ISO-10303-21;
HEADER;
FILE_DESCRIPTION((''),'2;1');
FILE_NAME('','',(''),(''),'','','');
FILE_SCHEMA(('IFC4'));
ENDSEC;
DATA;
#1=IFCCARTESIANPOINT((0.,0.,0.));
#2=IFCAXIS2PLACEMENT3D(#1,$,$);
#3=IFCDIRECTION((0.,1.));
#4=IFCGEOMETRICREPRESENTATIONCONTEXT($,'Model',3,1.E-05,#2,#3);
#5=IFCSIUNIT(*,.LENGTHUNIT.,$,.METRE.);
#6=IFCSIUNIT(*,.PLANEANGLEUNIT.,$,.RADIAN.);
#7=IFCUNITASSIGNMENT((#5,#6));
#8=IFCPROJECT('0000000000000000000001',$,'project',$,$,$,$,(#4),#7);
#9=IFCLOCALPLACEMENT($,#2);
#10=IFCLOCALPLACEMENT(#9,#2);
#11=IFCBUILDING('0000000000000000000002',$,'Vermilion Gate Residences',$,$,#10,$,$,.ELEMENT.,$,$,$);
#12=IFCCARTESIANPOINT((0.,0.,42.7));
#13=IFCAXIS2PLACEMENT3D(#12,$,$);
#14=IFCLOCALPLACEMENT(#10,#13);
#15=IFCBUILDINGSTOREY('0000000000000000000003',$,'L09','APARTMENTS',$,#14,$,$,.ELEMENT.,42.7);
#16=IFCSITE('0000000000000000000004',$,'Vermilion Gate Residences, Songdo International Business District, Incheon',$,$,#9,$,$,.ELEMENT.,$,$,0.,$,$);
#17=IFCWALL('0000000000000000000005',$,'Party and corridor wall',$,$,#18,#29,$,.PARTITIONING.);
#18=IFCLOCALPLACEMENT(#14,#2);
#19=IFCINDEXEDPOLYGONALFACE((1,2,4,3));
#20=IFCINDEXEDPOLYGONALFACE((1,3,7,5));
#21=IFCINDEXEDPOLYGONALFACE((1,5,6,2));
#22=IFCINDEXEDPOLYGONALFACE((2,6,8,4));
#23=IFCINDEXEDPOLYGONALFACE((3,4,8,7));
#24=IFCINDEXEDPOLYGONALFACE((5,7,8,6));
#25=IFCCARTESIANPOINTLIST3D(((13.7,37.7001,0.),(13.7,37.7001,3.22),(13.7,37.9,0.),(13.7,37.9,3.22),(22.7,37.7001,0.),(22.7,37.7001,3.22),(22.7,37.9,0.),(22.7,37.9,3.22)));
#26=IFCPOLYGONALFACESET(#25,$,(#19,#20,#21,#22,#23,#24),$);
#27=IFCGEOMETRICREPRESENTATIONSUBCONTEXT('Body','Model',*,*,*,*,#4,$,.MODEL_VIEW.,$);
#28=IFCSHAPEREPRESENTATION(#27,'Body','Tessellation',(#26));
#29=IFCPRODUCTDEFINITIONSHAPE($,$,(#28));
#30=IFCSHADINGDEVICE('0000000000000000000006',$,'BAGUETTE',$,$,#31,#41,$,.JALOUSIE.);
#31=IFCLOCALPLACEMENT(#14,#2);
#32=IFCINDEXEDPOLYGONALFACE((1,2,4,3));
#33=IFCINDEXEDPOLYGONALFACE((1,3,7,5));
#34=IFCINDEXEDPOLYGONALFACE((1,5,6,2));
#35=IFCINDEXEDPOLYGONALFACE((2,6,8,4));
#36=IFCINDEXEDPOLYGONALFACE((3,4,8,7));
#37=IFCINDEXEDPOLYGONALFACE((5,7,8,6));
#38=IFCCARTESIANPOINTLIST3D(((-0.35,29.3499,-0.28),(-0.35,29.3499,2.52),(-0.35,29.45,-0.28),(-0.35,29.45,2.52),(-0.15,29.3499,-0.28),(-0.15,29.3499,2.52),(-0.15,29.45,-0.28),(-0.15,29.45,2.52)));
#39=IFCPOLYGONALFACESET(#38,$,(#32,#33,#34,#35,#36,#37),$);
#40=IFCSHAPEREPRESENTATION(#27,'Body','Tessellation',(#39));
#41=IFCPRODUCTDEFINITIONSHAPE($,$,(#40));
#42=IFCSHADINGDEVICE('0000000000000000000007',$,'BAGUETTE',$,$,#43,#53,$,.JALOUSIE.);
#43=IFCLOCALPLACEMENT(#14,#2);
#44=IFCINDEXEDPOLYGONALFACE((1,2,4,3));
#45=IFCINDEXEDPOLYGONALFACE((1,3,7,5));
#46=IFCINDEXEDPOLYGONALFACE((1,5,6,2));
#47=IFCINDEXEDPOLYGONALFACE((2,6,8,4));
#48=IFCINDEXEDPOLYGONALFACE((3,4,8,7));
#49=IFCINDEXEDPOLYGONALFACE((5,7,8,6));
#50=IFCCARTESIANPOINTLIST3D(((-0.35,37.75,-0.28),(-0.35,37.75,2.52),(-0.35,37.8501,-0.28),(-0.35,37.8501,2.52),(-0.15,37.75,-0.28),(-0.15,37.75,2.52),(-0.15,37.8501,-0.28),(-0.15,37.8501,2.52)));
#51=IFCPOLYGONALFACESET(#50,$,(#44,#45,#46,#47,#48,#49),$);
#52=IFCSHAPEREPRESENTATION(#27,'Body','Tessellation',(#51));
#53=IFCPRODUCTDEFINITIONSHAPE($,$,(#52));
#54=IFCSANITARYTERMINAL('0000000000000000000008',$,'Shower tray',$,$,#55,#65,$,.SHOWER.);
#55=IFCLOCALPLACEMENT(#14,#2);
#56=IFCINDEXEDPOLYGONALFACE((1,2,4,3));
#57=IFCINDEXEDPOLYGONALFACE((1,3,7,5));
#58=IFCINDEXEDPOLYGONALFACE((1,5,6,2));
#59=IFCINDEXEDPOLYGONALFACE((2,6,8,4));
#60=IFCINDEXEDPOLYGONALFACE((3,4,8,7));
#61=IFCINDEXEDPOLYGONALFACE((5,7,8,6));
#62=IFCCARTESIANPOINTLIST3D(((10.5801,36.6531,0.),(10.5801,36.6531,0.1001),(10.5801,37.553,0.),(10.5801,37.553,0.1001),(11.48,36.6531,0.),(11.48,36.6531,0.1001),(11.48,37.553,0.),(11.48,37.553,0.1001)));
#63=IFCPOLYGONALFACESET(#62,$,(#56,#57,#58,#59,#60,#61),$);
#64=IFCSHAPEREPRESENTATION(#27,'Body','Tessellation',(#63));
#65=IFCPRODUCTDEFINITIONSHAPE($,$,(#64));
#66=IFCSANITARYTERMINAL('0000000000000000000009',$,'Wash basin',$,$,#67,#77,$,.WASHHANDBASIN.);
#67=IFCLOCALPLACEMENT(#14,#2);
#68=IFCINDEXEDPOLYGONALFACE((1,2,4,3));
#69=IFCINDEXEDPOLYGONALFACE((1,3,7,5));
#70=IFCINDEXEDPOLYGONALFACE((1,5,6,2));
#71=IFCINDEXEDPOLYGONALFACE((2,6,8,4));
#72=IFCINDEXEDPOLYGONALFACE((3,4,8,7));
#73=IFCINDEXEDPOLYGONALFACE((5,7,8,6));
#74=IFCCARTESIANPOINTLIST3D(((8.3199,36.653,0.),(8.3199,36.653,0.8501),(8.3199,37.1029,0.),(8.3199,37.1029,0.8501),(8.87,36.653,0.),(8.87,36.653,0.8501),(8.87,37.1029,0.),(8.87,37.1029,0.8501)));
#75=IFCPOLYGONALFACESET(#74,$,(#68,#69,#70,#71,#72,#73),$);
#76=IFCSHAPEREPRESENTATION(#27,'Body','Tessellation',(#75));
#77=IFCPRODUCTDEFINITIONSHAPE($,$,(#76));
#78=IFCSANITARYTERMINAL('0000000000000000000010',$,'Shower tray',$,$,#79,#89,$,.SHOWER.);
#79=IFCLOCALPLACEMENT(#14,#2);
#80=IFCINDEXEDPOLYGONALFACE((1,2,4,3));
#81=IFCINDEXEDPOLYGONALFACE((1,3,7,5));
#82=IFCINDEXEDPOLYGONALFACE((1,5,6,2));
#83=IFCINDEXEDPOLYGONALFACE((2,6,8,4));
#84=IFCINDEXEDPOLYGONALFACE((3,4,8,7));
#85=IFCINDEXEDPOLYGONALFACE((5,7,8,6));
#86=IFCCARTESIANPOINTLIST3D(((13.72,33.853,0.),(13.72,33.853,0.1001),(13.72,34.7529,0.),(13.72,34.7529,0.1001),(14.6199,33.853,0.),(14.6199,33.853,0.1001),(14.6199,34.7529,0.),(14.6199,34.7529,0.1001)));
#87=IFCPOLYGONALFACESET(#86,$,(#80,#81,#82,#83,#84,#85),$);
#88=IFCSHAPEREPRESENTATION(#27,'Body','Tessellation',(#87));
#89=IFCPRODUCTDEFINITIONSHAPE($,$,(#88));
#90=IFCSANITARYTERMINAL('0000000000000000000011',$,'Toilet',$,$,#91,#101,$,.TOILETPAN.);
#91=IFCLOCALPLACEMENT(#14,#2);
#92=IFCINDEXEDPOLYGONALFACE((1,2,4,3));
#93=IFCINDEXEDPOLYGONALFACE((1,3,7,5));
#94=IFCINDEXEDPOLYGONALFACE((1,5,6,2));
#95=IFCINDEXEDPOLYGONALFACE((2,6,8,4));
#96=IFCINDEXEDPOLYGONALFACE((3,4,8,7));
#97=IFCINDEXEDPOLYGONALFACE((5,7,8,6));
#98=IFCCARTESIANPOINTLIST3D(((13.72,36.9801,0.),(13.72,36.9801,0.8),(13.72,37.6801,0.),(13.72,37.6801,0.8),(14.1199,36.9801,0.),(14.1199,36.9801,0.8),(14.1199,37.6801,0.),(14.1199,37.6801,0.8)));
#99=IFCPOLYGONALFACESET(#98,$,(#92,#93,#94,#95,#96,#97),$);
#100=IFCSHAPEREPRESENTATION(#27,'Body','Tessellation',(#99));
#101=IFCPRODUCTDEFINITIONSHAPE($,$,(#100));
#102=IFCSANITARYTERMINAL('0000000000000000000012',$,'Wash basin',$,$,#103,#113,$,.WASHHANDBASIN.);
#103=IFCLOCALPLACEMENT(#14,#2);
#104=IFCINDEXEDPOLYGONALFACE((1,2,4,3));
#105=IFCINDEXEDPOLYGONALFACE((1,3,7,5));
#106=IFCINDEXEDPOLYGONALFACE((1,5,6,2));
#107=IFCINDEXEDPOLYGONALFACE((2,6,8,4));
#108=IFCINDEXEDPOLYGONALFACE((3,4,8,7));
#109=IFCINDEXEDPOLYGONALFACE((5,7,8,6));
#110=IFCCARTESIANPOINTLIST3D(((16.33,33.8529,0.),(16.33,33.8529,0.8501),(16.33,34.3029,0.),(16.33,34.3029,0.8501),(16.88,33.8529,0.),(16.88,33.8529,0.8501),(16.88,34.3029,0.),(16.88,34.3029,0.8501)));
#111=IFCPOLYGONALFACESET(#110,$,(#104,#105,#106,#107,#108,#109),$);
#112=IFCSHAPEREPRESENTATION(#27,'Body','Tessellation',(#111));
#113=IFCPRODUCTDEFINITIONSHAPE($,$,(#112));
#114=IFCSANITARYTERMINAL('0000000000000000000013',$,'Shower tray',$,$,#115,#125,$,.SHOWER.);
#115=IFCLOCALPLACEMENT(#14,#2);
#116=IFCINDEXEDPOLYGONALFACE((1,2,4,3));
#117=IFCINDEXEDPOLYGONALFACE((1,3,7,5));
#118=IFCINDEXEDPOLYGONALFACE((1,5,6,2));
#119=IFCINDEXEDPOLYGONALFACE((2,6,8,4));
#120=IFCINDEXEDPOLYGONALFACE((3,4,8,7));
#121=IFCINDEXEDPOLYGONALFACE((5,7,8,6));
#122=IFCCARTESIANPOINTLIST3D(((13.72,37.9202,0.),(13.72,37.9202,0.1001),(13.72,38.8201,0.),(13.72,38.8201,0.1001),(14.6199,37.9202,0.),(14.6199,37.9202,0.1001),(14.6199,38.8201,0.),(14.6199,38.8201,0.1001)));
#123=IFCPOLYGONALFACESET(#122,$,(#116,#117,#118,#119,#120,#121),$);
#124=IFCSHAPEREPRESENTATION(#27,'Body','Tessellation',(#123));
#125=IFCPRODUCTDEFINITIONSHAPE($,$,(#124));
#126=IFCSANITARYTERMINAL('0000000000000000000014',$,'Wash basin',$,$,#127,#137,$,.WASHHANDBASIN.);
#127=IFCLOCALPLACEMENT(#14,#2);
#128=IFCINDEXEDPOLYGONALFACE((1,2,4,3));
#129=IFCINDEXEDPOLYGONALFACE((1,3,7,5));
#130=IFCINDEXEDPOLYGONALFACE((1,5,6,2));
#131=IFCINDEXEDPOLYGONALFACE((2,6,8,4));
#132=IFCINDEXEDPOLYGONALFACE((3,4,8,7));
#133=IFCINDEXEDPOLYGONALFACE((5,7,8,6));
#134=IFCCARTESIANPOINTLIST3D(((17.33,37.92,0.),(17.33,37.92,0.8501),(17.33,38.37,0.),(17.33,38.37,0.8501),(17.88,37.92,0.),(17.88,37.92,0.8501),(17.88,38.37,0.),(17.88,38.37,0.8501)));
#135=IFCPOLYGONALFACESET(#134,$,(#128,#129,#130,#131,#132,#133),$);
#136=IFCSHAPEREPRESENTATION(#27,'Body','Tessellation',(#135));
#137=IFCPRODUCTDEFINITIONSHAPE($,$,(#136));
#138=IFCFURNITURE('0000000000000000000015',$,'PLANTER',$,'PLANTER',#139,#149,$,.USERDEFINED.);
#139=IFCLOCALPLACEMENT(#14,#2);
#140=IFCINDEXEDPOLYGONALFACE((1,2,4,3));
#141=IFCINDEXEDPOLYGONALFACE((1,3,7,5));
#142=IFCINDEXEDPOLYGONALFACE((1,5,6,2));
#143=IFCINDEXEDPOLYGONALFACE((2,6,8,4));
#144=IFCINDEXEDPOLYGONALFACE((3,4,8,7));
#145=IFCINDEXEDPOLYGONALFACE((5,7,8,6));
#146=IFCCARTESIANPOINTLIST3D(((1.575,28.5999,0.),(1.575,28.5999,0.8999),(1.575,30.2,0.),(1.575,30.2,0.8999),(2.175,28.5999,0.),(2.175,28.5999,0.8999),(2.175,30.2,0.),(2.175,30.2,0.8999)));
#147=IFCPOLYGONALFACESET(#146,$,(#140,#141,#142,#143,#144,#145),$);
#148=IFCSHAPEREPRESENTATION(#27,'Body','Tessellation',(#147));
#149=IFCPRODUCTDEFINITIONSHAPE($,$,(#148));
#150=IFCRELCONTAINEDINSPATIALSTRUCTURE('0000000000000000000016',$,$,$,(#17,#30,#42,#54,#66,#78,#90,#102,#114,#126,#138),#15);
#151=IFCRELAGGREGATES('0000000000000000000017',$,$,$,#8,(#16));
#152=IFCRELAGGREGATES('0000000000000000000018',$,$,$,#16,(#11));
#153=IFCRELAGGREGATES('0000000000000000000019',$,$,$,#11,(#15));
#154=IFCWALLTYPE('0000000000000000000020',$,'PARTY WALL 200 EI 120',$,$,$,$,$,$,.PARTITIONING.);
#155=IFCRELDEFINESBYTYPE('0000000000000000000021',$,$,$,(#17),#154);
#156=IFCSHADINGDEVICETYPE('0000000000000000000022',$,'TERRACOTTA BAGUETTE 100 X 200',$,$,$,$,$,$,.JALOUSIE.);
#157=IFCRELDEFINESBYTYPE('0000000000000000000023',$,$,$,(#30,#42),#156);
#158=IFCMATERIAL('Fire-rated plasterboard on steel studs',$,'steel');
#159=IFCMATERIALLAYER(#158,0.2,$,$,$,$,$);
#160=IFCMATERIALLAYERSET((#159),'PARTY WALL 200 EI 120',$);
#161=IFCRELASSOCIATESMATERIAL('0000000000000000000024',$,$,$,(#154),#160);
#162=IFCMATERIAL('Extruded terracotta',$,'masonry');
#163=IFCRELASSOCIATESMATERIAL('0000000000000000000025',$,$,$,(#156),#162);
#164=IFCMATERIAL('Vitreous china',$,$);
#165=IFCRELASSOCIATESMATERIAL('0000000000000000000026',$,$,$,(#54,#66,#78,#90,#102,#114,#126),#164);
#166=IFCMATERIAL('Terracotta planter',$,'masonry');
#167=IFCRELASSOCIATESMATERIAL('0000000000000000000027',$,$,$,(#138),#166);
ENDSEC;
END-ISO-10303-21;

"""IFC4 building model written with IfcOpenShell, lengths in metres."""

from ifc_helpers import new_model, si_unit, direction, frame, frame_2d, origin, origin_2d, place, context, subcontext, project, spatial, rectangle, extrude, material, layer, layer_set, material_profile, profile_set, type_object, element, save


model = new_model("IFC4")

# Units and contexts
model_context = context("Model", 3, precision=1e-05, world=origin(), true_north=direction((0.0, 1.0)))
body_context = subcontext(model_context, "Body", "Model", "MODEL_VIEW")
ifc_project = project(units=[si_unit("LENGTHUNIT", "METRE"), si_unit("PLANEANGLEUNIT", "RADIAN")], contexts=[model_context])

# Site, building, storey
site_placement = place(None, origin())
site = spatial("IfcSite", under=ifc_project, at=site_placement, Name="Vermilion Gate Residences, Songdo International Business District, Incheon", CompositionType="ELEMENT", RefElevation=0.0)
building_placement = place(site_placement, origin())
building = spatial("IfcBuilding", under=site, at=building_placement, Name="Vermilion Gate Residences", CompositionType="ELEMENT")
storey_placement = place(building_placement, frame((0.0, 0.0, 42.7)))
storey = spatial("IfcBuildingStorey", under=building, at=storey_placement, Name="L09", Description="APARTMENTS", CompositionType="ELEMENT", Elevation=42.7)

# Wall
ifc_material_1 = material(Name="Fire-rated plasterboard on steel studs", Category="steel")
ifc_layer_1 = layer(ifc_material_1, 0.2)
ifc_layer_set_1 = layer_set([ifc_layer_1], Name="PARTY WALL 200 EI 120")
wall_type_1 = type_object("IfcWallType", Name="PARTY WALL 200 EI 120", PredefinedType="PARTITIONING", material=ifc_layer_set_1)
wall_1_placement = place(storey_placement, frame((13.7, 37.8, 0.0), z_axis=(0.0, 0.0, 1.0), x_axis=(1.0, 0.0, 0.0)))
element("IfcWall", 1, at=wall_1_placement, inside=storey, type_object=wall_type_1, Name="Party and corridor wall", PredefinedType="PARTITIONING", context=body_context, shape_type="SweptSolid", body=[
    extrude(rectangle(XDim=9.0, YDim=0.2, at=frame_2d((4.5, 0.0))), origin(), (0.0, 0.0, 1.0), 3.22),
])

# Shading devices
ifc_material_2 = material(Name="Extruded terracotta", Category="masonry")
ifc_material_profile_1 = material_profile(ifc_material_2, rectangle(XDim=0.2, YDim=0.1001, at=origin_2d()), Name="BAGUETTE 100 X 200")
ifc_profile_set_1 = profile_set([ifc_material_profile_1], Name="Extruded terracotta")
shading_device_type = type_object("IfcShadingDeviceType", Name="TERRACOTTA BAGUETTE 100 X 200", PredefinedType="JALOUSIE", material=ifc_profile_set_1)
for number, where, z_axis, x_axis, name in (
    (2, (-0.25, 29.3999, -0.28), (0.0, 0.0, 1.0), (1.0, 0.0, 0.0), "BAGUETTE"),
    (3, (-0.25, 37.8, -0.28), (0.0, 0.0, 1.0), (1.0, 0.0, 0.0), "BAGUETTE"),
):
    element("IfcShadingDevice", number, at=place(storey_placement, frame(where, z_axis=z_axis, x_axis=x_axis)), inside=storey, type_object=shading_device_type, Name=name, PredefinedType="JALOUSIE", context=body_context, shape_type="SweptSolid", body=[
        extrude(rectangle(XDim=0.2, YDim=0.1001, at=origin_2d()), origin(), (0.0, 0.0, 1.0), 2.8),
    ])

# Sanitary terminals
ifc_material_3 = material(Name="Vitreous china")
sanitary_terminal_1_placement = place(storey_placement, frame((11.03, 37.103, 0.0), z_axis=(0.0, 0.0, 1.0), x_axis=(1.0, 0.0, 0.0)))
element("IfcSanitaryTerminal", 4, at=sanitary_terminal_1_placement, inside=storey, material=ifc_material_3, Name="Shower tray", PredefinedType="SHOWER", context=body_context, shape_type="SweptSolid", body=[
    extrude(rectangle(XDim=0.8999, YDim=0.8999, at=origin_2d()), origin(), (0.0, 0.0, 1.0), 0.1001),
])
sanitary_terminal_2_placement = place(storey_placement, frame((8.595, 36.8779, 0.0), z_axis=(0.0, 0.0, 1.0), x_axis=(1.0, 0.0, 0.0)))
element("IfcSanitaryTerminal", 5, at=sanitary_terminal_2_placement, inside=storey, material=ifc_material_3, Name="Wash basin", PredefinedType="WASHHANDBASIN", context=body_context, shape_type="SweptSolid", body=[
    extrude(rectangle(XDim=0.55, YDim=0.45, at=origin_2d()), origin(), (0.0, 0.0, 1.0), 0.8501),
])
sanitary_terminal_3_placement = place(storey_placement, frame((14.1699, 34.303, 0.0), z_axis=(0.0, 0.0, 1.0), x_axis=(1.0, 0.0, 0.0)))
element("IfcSanitaryTerminal", 6, at=sanitary_terminal_3_placement, inside=storey, material=ifc_material_3, Name="Shower tray", PredefinedType="SHOWER", context=body_context, shape_type="SweptSolid", body=[
    extrude(rectangle(XDim=0.8999, YDim=0.8999, at=origin_2d()), origin(), (0.0, 0.0, 1.0), 0.1001),
])
sanitary_terminal_4_placement = place(storey_placement, frame((13.9199, 37.3301, 0.0), z_axis=(0.0, 0.0, 1.0), x_axis=(1.0, 0.0, 0.0)))
element("IfcSanitaryTerminal", 7, at=sanitary_terminal_4_placement, inside=storey, material=ifc_material_3, Name="Toilet", PredefinedType="TOILETPAN", context=body_context, shape_type="SweptSolid", body=[
    extrude(rectangle(XDim=0.3999, YDim=0.7, at=origin_2d()), origin(), (0.0, 0.0, 1.0), 0.8),
])
sanitary_terminal_5_placement = place(storey_placement, frame((16.605, 34.0779, 0.0), z_axis=(0.0, 0.0, 1.0), x_axis=(1.0, 0.0, 0.0)))
element("IfcSanitaryTerminal", 8, at=sanitary_terminal_5_placement, inside=storey, material=ifc_material_3, Name="Wash basin", PredefinedType="WASHHANDBASIN", context=body_context, shape_type="SweptSolid", body=[
    extrude(rectangle(XDim=0.55, YDim=0.45, at=origin_2d()), origin(), (0.0, 0.0, 1.0), 0.8501),
])
sanitary_terminal_6_placement = place(storey_placement, frame((14.1699, 38.3701, 0.0), z_axis=(0.0, 0.0, 1.0), x_axis=(1.0, 0.0, 0.0)))
element("IfcSanitaryTerminal", 9, at=sanitary_terminal_6_placement, inside=storey, material=ifc_material_3, Name="Shower tray", PredefinedType="SHOWER", context=body_context, shape_type="SweptSolid", body=[
    extrude(rectangle(XDim=0.8999, YDim=0.8999, at=origin_2d()), origin(), (0.0, 0.0, 1.0), 0.1001),
])
sanitary_terminal_7_placement = place(storey_placement, frame((17.605, 38.145, 0.0), z_axis=(0.0, 0.0, 1.0), x_axis=(1.0, 0.0, 0.0)))
element("IfcSanitaryTerminal", 10, at=sanitary_terminal_7_placement, inside=storey, material=ifc_material_3, Name="Wash basin", PredefinedType="WASHHANDBASIN", context=body_context, shape_type="SweptSolid", body=[
    extrude(rectangle(XDim=0.55, YDim=0.45, at=origin_2d()), origin(), (0.0, 0.0, 1.0), 0.8501),
])

# Furniture
ifc_material_4 = material(Name="Terracotta planter", Category="masonry")
furniture_placement = place(storey_placement, frame((1.875, 29.3999, 0.0), z_axis=(0.0, 0.0, 1.0), x_axis=(0.0, -1.0, 0.0)))
element("IfcFurniture", 11, at=furniture_placement, inside=storey, material=ifc_material_4, Name="PLANTER", ObjectType="PLANTER", PredefinedType="USERDEFINED", context=body_context, shape_type="SweptSolid", body=[
    extrude(rectangle(XDim=1.6001, YDim=0.6001, at=origin_2d()), origin(), (0.0, 0.0, 1.0), 0.8999),
])

save(model, "model.ifc")
